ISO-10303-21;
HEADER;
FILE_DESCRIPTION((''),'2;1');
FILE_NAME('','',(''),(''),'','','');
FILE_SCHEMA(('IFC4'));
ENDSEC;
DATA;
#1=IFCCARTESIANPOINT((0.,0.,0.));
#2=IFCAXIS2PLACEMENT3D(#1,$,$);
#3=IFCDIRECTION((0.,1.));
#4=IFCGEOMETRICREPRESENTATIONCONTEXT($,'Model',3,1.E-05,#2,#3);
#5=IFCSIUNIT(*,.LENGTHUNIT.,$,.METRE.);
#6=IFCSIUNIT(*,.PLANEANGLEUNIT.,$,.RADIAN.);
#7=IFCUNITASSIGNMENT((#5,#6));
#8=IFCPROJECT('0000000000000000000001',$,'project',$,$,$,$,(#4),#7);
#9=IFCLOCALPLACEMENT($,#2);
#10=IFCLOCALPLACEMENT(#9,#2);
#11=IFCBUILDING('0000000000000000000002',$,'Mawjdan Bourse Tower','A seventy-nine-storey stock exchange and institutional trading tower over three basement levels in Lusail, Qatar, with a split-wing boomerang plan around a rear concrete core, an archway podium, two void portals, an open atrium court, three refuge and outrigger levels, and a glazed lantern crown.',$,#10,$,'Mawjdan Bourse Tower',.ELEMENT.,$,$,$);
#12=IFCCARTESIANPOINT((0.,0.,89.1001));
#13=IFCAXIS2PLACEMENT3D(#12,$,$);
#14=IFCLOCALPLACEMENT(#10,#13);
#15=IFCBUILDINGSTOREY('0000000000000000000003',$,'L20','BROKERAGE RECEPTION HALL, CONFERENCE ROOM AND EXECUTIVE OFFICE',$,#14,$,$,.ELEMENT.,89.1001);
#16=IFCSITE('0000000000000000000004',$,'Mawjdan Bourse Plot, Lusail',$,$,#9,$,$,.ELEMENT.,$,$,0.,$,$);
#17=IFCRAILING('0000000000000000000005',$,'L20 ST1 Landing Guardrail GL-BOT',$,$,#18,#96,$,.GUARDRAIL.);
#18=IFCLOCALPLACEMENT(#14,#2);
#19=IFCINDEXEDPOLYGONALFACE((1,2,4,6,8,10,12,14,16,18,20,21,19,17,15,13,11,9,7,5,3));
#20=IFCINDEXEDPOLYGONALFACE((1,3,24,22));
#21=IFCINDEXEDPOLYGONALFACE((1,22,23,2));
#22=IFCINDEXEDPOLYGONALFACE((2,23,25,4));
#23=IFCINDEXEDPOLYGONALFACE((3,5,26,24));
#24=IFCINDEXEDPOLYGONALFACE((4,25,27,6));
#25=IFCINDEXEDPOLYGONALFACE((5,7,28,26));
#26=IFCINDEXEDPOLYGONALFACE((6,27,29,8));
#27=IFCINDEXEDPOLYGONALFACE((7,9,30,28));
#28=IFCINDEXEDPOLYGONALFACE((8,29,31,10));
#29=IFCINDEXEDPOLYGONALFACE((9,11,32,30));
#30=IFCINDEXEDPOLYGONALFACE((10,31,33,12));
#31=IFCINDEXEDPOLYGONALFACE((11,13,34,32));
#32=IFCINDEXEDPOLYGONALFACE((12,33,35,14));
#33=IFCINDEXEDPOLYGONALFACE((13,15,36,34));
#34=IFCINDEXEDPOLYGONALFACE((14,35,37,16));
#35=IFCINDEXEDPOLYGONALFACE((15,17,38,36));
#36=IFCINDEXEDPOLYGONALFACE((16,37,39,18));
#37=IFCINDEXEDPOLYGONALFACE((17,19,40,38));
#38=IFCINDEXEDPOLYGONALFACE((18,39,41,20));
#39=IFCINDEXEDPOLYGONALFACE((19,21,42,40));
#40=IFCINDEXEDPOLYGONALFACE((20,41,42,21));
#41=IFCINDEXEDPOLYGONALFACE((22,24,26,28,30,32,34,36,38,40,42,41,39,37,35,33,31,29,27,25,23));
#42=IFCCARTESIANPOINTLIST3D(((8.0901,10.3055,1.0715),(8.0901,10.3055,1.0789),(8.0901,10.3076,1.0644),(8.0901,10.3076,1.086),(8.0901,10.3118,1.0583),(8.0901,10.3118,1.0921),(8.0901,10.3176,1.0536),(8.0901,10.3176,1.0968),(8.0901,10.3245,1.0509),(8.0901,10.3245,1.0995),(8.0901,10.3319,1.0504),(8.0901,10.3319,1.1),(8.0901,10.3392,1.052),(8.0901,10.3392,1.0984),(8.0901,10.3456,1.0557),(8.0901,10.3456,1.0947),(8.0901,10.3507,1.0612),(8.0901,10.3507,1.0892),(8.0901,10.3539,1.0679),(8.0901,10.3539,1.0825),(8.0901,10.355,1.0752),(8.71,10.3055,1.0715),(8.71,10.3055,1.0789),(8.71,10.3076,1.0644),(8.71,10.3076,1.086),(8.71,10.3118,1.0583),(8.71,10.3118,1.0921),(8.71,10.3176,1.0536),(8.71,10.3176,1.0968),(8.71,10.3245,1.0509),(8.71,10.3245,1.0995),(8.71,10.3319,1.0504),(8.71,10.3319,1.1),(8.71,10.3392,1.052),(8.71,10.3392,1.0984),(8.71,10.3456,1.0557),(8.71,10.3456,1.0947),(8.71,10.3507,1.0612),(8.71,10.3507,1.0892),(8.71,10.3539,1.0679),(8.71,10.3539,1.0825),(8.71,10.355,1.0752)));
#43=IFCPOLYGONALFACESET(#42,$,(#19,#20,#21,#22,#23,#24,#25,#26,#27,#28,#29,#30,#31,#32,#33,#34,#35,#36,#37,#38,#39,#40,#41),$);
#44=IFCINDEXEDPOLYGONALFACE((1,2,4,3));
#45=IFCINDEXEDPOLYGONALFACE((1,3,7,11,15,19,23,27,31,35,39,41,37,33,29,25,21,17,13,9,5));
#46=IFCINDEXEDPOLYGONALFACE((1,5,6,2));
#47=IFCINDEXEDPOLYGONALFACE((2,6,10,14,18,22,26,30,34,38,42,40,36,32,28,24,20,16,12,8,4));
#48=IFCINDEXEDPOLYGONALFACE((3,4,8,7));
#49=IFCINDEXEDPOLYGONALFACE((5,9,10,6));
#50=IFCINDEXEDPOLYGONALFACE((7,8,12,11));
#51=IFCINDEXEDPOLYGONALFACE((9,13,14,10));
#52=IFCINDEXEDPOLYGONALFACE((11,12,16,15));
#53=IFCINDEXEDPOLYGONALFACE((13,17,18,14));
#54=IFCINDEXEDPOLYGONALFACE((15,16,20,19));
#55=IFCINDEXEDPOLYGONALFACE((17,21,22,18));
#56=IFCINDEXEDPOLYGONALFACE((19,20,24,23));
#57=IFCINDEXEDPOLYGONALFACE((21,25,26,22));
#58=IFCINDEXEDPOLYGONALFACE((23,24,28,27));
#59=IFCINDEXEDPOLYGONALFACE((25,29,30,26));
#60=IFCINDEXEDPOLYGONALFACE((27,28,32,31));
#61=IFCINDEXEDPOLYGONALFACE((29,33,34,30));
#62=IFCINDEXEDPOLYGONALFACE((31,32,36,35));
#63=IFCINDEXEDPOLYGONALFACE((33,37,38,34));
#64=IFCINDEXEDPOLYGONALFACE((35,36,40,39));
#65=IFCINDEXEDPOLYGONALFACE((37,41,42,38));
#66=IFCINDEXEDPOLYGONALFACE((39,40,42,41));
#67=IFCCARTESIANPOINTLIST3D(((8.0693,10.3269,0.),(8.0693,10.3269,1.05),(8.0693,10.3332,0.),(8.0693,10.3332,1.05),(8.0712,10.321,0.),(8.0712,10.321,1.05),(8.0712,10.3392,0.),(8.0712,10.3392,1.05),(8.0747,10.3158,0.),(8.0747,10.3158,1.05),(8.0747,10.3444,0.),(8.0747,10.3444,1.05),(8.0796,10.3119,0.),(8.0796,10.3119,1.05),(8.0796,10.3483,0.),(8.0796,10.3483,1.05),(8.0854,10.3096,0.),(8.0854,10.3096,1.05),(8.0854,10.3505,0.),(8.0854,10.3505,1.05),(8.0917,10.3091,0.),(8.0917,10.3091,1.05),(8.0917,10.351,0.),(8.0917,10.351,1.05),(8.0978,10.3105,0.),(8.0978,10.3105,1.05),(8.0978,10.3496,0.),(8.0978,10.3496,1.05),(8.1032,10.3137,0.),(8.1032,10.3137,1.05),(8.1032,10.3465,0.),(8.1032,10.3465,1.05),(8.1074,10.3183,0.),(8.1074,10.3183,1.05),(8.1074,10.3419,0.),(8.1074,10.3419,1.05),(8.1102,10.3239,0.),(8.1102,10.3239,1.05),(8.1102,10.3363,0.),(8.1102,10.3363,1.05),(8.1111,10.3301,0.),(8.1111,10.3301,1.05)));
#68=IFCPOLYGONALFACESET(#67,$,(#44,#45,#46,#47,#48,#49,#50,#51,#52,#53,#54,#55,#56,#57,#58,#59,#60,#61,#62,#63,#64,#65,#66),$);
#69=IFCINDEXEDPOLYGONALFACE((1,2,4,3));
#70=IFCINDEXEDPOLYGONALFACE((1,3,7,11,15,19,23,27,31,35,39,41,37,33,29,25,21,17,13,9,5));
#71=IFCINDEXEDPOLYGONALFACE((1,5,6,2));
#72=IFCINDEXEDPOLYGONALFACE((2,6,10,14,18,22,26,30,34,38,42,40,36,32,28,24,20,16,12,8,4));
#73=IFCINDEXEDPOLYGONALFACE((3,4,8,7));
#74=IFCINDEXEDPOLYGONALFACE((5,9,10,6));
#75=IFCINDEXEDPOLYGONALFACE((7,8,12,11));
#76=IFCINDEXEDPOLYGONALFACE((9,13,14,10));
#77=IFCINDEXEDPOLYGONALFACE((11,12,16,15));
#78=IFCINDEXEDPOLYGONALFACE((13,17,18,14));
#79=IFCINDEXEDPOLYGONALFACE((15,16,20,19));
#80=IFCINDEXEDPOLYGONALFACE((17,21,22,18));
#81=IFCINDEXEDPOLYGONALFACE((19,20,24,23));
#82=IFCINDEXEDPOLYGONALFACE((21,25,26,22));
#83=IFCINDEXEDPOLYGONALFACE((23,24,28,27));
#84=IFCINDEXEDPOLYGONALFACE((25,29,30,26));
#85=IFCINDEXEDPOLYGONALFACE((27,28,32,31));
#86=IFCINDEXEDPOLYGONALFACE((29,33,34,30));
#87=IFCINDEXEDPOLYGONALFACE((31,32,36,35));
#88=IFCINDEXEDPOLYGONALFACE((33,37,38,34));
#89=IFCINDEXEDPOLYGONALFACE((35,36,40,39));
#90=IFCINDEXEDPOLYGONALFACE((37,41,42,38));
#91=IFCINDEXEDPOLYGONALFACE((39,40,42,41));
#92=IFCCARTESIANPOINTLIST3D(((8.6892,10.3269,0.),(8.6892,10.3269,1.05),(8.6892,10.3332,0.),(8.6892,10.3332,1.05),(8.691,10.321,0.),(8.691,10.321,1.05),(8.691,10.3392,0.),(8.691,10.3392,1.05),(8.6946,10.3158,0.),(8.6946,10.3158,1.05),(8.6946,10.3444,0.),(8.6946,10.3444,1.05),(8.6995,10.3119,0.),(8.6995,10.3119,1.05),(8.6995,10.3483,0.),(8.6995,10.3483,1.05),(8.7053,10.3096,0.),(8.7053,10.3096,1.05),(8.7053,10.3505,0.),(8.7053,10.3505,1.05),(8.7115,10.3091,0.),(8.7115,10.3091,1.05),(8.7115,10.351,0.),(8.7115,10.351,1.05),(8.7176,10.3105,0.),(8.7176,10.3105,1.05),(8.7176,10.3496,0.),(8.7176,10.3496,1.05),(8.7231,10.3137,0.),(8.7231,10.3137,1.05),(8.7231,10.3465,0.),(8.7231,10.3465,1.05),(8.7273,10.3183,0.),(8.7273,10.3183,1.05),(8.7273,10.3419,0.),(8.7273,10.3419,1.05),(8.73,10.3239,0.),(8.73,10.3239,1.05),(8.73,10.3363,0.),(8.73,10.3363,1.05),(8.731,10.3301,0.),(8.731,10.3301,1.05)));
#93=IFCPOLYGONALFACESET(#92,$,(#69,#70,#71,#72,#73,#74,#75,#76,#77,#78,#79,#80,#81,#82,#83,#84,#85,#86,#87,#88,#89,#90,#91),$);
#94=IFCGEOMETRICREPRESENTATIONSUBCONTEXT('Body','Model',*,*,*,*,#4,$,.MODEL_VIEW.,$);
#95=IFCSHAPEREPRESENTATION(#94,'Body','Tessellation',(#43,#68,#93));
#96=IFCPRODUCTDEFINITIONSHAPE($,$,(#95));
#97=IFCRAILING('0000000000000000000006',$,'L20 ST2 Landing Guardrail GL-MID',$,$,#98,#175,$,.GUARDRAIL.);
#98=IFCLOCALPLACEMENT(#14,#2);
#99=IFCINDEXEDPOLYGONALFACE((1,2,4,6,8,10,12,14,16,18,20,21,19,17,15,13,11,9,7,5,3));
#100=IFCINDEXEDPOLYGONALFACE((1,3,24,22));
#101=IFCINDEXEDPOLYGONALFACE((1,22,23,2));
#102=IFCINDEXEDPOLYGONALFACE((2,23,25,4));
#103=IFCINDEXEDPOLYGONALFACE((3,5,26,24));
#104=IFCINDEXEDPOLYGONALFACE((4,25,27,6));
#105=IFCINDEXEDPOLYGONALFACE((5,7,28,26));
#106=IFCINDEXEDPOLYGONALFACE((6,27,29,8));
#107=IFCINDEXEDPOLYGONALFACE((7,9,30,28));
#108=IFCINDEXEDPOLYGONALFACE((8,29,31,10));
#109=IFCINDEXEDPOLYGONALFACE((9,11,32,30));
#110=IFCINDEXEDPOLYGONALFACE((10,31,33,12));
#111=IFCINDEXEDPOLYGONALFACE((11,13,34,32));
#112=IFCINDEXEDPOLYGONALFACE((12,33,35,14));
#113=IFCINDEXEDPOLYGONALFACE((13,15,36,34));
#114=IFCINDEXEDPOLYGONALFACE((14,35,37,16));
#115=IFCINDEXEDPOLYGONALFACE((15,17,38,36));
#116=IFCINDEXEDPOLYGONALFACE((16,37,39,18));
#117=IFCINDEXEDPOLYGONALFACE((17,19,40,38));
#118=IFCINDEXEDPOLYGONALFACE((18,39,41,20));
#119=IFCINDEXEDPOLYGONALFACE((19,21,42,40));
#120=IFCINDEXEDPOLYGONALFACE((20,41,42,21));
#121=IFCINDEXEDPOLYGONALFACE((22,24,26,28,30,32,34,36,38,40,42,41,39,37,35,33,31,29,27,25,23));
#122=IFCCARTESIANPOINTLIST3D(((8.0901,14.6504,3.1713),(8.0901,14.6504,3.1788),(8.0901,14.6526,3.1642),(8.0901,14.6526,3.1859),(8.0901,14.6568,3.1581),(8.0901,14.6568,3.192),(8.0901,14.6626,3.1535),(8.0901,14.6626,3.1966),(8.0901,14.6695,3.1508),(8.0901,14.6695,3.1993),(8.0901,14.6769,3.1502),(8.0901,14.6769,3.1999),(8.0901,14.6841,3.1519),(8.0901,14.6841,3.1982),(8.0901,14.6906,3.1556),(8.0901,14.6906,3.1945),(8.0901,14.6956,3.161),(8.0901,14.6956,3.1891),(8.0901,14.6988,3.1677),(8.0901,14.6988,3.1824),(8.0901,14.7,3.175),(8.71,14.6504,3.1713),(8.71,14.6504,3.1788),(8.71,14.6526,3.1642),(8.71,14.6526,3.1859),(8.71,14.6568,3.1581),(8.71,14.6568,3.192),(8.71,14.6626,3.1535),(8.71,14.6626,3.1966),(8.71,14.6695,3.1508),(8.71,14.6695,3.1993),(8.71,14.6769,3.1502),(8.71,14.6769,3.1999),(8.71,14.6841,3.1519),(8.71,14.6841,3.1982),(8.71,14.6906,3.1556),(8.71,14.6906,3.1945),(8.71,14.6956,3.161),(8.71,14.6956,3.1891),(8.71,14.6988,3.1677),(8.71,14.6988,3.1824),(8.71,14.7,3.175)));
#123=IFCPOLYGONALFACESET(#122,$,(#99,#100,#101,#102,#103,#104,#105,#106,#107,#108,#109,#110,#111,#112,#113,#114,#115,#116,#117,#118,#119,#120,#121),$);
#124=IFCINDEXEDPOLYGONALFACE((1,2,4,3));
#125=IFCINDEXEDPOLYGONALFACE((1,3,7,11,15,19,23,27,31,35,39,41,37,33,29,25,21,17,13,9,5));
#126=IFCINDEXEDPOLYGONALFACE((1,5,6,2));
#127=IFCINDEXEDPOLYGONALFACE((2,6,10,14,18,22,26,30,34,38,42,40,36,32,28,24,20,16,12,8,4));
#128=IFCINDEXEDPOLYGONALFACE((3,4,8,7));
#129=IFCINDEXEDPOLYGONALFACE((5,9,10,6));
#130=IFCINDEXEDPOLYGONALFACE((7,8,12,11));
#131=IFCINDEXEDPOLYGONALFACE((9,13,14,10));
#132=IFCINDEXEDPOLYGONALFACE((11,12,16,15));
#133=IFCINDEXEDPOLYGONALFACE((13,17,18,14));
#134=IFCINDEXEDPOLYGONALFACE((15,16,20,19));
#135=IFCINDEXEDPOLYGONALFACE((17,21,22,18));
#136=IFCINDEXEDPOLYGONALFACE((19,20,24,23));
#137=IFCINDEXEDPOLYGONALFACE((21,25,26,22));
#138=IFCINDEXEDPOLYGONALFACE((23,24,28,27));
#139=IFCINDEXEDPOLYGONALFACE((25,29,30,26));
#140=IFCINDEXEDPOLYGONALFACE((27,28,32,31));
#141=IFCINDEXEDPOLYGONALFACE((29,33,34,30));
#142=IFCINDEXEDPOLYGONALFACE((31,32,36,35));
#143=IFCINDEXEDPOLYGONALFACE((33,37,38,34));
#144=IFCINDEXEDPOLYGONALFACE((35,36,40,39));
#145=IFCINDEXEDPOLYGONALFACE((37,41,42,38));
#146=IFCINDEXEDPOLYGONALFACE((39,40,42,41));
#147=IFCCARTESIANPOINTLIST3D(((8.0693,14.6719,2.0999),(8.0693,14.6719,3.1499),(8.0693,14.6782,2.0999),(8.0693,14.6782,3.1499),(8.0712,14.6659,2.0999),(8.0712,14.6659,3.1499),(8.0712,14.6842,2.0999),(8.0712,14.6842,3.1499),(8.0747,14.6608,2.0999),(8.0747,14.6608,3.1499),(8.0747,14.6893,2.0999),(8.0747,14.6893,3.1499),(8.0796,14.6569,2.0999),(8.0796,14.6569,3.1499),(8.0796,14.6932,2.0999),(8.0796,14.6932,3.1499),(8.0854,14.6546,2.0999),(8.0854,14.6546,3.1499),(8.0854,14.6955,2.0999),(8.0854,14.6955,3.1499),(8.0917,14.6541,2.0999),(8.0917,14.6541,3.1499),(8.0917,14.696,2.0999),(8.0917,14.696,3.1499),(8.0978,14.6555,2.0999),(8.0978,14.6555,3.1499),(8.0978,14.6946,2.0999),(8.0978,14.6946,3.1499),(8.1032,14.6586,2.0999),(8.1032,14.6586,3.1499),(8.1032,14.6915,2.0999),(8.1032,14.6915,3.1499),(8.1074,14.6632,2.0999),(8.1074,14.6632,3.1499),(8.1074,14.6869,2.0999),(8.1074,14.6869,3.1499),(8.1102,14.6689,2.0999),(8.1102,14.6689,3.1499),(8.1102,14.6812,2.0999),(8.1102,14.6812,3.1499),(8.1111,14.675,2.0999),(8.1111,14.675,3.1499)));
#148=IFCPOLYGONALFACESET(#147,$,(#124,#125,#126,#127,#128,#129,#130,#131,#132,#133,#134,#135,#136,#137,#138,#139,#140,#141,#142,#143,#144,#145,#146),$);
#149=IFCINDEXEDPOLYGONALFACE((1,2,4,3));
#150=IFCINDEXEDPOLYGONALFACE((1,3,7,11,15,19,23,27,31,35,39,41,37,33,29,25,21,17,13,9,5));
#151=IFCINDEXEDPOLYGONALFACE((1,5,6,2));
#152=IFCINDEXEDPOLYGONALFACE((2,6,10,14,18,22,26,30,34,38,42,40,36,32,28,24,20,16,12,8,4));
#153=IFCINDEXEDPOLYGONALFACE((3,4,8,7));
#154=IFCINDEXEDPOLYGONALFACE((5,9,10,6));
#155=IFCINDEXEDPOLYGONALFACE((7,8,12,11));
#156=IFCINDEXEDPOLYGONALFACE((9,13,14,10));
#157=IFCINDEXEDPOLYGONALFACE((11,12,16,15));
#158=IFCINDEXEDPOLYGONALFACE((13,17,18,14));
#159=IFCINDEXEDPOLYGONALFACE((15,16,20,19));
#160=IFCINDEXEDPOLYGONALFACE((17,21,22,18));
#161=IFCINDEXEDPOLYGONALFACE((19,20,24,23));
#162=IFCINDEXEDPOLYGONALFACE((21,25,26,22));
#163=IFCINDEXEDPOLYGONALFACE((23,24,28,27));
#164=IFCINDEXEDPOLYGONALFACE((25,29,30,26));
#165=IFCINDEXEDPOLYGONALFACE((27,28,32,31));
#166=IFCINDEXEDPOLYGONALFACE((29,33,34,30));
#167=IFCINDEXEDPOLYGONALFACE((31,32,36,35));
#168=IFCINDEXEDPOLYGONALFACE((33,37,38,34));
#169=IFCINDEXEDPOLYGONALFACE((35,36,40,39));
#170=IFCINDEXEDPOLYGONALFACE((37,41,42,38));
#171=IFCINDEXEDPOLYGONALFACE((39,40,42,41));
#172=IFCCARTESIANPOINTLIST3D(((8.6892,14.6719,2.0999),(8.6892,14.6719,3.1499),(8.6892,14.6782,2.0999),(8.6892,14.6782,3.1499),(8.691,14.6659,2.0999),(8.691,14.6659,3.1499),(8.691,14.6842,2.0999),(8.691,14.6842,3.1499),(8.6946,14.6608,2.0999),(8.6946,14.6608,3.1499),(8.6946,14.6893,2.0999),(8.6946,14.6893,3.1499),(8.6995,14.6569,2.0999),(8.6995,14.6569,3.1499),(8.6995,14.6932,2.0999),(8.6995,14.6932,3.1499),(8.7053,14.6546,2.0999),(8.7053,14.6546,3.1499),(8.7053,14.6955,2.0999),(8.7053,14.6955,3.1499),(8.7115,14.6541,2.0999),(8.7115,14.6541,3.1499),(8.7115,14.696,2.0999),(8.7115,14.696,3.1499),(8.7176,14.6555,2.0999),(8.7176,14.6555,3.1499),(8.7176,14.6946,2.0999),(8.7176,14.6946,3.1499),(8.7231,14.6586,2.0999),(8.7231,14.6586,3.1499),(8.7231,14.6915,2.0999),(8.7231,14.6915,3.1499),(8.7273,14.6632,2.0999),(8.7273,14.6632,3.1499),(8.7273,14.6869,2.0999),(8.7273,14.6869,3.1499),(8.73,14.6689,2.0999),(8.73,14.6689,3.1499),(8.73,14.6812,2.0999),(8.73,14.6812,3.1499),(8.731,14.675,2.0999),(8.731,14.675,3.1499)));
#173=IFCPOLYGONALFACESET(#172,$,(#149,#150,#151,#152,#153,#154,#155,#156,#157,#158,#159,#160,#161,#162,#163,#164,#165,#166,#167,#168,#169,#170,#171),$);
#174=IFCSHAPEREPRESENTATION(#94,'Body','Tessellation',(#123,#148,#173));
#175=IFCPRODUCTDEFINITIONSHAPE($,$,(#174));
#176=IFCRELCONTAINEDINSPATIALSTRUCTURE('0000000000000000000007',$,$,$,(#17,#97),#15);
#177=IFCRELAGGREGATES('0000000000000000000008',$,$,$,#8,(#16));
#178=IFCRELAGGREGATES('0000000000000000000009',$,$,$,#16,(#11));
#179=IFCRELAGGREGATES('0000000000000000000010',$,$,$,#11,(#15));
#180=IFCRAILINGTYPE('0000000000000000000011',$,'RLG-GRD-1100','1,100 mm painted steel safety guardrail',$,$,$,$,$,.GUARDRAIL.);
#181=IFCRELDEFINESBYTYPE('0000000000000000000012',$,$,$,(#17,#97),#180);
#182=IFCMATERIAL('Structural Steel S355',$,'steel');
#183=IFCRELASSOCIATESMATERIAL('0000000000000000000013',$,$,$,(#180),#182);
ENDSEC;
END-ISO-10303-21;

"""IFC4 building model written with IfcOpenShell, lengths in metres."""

from ifc_helpers import new_model, si_unit, direction, frame, origin, origin_2d, place, context, subcontext, project, spatial, circle, extrude, material, type_object, element, save


model = new_model("IFC4")

# Units and contexts
model_context = context("Model", 3, precision=1e-05, world=origin(), true_north=direction((0.0, 1.0)))
body_context = subcontext(model_context, "Body", "Model", "MODEL_VIEW")
ifc_project = project(units=[si_unit("LENGTHUNIT", "METRE"), si_unit("PLANEANGLEUNIT", "RADIAN")], contexts=[model_context])

# Site, building, storey
site_placement = place(None, origin())
site = spatial("IfcSite", under=ifc_project, at=site_placement, Name="Mawjdan Bourse Plot, Lusail", CompositionType="ELEMENT", RefElevation=0.0)
building_placement = place(site_placement, origin())
building = spatial("IfcBuilding", under=site, at=building_placement, Name="Mawjdan Bourse Tower", Description="A seventy-nine-storey stock exchange and institutional trading tower over three basement levels in Lusail, Qatar, with a split-wing boomerang plan around a rear concrete core, an archway podium, two void portals, an open atrium court, three refuge and outrigger levels, and a glazed lantern crown.", LongName="Mawjdan Bourse Tower", CompositionType="ELEMENT")
storey_placement = place(building_placement, frame((0.0, 0.0, 89.1001)))
storey = spatial("IfcBuildingStorey", under=building, at=storey_placement, Name="L20", Description="BROKERAGE RECEPTION HALL, CONFERENCE ROOM AND EXECUTIVE OFFICE", CompositionType="ELEMENT", Elevation=89.1001)

# Shared definitions
ifc_material_1 = material(Name="Structural Steel S355", Category="steel")

# Railings
railing_type_1 = type_object("IfcRailingType", Name="RLG-GRD-1100", Description="1,100 mm painted steel safety guardrail", PredefinedType="GUARDRAIL", material=ifc_material_1)
for number, where, name in (
    (1, (8.0901, 10.3301, 0.0), "L20 ST1 Landing Guardrail GL-BOT"),
    (2, (8.0901, 14.675, 2.0999), "L20 ST2 Landing Guardrail GL-MID"),
):
    element("IfcRailing", number, at=place(storey_placement, frame(where)), inside=storey, type_object=railing_type_1, Name=name, PredefinedType="GUARDRAIL", context=body_context, shape_type="SweptSolid", body=[
        extrude(circle(Radius=0.0249, at=origin_2d()), frame((0.0, 0.0, 1.0752), z_axis=(1.0, 0.0, 0.0), x_axis=(0.0, 1.0, 0.0)), (0.0, 0.0, 1.0), 0.6199),
        extrude(circle(Radius=0.021, at=origin_2d()), origin(), (0.0, 0.0, 1.0), 1.05),
        extrude(circle(Radius=0.021, at=origin_2d()), frame((0.6199, 0.0, 0.0)), (0.0, 0.0, 1.0), 1.05),
    ])

save(model, "model.ifc")
